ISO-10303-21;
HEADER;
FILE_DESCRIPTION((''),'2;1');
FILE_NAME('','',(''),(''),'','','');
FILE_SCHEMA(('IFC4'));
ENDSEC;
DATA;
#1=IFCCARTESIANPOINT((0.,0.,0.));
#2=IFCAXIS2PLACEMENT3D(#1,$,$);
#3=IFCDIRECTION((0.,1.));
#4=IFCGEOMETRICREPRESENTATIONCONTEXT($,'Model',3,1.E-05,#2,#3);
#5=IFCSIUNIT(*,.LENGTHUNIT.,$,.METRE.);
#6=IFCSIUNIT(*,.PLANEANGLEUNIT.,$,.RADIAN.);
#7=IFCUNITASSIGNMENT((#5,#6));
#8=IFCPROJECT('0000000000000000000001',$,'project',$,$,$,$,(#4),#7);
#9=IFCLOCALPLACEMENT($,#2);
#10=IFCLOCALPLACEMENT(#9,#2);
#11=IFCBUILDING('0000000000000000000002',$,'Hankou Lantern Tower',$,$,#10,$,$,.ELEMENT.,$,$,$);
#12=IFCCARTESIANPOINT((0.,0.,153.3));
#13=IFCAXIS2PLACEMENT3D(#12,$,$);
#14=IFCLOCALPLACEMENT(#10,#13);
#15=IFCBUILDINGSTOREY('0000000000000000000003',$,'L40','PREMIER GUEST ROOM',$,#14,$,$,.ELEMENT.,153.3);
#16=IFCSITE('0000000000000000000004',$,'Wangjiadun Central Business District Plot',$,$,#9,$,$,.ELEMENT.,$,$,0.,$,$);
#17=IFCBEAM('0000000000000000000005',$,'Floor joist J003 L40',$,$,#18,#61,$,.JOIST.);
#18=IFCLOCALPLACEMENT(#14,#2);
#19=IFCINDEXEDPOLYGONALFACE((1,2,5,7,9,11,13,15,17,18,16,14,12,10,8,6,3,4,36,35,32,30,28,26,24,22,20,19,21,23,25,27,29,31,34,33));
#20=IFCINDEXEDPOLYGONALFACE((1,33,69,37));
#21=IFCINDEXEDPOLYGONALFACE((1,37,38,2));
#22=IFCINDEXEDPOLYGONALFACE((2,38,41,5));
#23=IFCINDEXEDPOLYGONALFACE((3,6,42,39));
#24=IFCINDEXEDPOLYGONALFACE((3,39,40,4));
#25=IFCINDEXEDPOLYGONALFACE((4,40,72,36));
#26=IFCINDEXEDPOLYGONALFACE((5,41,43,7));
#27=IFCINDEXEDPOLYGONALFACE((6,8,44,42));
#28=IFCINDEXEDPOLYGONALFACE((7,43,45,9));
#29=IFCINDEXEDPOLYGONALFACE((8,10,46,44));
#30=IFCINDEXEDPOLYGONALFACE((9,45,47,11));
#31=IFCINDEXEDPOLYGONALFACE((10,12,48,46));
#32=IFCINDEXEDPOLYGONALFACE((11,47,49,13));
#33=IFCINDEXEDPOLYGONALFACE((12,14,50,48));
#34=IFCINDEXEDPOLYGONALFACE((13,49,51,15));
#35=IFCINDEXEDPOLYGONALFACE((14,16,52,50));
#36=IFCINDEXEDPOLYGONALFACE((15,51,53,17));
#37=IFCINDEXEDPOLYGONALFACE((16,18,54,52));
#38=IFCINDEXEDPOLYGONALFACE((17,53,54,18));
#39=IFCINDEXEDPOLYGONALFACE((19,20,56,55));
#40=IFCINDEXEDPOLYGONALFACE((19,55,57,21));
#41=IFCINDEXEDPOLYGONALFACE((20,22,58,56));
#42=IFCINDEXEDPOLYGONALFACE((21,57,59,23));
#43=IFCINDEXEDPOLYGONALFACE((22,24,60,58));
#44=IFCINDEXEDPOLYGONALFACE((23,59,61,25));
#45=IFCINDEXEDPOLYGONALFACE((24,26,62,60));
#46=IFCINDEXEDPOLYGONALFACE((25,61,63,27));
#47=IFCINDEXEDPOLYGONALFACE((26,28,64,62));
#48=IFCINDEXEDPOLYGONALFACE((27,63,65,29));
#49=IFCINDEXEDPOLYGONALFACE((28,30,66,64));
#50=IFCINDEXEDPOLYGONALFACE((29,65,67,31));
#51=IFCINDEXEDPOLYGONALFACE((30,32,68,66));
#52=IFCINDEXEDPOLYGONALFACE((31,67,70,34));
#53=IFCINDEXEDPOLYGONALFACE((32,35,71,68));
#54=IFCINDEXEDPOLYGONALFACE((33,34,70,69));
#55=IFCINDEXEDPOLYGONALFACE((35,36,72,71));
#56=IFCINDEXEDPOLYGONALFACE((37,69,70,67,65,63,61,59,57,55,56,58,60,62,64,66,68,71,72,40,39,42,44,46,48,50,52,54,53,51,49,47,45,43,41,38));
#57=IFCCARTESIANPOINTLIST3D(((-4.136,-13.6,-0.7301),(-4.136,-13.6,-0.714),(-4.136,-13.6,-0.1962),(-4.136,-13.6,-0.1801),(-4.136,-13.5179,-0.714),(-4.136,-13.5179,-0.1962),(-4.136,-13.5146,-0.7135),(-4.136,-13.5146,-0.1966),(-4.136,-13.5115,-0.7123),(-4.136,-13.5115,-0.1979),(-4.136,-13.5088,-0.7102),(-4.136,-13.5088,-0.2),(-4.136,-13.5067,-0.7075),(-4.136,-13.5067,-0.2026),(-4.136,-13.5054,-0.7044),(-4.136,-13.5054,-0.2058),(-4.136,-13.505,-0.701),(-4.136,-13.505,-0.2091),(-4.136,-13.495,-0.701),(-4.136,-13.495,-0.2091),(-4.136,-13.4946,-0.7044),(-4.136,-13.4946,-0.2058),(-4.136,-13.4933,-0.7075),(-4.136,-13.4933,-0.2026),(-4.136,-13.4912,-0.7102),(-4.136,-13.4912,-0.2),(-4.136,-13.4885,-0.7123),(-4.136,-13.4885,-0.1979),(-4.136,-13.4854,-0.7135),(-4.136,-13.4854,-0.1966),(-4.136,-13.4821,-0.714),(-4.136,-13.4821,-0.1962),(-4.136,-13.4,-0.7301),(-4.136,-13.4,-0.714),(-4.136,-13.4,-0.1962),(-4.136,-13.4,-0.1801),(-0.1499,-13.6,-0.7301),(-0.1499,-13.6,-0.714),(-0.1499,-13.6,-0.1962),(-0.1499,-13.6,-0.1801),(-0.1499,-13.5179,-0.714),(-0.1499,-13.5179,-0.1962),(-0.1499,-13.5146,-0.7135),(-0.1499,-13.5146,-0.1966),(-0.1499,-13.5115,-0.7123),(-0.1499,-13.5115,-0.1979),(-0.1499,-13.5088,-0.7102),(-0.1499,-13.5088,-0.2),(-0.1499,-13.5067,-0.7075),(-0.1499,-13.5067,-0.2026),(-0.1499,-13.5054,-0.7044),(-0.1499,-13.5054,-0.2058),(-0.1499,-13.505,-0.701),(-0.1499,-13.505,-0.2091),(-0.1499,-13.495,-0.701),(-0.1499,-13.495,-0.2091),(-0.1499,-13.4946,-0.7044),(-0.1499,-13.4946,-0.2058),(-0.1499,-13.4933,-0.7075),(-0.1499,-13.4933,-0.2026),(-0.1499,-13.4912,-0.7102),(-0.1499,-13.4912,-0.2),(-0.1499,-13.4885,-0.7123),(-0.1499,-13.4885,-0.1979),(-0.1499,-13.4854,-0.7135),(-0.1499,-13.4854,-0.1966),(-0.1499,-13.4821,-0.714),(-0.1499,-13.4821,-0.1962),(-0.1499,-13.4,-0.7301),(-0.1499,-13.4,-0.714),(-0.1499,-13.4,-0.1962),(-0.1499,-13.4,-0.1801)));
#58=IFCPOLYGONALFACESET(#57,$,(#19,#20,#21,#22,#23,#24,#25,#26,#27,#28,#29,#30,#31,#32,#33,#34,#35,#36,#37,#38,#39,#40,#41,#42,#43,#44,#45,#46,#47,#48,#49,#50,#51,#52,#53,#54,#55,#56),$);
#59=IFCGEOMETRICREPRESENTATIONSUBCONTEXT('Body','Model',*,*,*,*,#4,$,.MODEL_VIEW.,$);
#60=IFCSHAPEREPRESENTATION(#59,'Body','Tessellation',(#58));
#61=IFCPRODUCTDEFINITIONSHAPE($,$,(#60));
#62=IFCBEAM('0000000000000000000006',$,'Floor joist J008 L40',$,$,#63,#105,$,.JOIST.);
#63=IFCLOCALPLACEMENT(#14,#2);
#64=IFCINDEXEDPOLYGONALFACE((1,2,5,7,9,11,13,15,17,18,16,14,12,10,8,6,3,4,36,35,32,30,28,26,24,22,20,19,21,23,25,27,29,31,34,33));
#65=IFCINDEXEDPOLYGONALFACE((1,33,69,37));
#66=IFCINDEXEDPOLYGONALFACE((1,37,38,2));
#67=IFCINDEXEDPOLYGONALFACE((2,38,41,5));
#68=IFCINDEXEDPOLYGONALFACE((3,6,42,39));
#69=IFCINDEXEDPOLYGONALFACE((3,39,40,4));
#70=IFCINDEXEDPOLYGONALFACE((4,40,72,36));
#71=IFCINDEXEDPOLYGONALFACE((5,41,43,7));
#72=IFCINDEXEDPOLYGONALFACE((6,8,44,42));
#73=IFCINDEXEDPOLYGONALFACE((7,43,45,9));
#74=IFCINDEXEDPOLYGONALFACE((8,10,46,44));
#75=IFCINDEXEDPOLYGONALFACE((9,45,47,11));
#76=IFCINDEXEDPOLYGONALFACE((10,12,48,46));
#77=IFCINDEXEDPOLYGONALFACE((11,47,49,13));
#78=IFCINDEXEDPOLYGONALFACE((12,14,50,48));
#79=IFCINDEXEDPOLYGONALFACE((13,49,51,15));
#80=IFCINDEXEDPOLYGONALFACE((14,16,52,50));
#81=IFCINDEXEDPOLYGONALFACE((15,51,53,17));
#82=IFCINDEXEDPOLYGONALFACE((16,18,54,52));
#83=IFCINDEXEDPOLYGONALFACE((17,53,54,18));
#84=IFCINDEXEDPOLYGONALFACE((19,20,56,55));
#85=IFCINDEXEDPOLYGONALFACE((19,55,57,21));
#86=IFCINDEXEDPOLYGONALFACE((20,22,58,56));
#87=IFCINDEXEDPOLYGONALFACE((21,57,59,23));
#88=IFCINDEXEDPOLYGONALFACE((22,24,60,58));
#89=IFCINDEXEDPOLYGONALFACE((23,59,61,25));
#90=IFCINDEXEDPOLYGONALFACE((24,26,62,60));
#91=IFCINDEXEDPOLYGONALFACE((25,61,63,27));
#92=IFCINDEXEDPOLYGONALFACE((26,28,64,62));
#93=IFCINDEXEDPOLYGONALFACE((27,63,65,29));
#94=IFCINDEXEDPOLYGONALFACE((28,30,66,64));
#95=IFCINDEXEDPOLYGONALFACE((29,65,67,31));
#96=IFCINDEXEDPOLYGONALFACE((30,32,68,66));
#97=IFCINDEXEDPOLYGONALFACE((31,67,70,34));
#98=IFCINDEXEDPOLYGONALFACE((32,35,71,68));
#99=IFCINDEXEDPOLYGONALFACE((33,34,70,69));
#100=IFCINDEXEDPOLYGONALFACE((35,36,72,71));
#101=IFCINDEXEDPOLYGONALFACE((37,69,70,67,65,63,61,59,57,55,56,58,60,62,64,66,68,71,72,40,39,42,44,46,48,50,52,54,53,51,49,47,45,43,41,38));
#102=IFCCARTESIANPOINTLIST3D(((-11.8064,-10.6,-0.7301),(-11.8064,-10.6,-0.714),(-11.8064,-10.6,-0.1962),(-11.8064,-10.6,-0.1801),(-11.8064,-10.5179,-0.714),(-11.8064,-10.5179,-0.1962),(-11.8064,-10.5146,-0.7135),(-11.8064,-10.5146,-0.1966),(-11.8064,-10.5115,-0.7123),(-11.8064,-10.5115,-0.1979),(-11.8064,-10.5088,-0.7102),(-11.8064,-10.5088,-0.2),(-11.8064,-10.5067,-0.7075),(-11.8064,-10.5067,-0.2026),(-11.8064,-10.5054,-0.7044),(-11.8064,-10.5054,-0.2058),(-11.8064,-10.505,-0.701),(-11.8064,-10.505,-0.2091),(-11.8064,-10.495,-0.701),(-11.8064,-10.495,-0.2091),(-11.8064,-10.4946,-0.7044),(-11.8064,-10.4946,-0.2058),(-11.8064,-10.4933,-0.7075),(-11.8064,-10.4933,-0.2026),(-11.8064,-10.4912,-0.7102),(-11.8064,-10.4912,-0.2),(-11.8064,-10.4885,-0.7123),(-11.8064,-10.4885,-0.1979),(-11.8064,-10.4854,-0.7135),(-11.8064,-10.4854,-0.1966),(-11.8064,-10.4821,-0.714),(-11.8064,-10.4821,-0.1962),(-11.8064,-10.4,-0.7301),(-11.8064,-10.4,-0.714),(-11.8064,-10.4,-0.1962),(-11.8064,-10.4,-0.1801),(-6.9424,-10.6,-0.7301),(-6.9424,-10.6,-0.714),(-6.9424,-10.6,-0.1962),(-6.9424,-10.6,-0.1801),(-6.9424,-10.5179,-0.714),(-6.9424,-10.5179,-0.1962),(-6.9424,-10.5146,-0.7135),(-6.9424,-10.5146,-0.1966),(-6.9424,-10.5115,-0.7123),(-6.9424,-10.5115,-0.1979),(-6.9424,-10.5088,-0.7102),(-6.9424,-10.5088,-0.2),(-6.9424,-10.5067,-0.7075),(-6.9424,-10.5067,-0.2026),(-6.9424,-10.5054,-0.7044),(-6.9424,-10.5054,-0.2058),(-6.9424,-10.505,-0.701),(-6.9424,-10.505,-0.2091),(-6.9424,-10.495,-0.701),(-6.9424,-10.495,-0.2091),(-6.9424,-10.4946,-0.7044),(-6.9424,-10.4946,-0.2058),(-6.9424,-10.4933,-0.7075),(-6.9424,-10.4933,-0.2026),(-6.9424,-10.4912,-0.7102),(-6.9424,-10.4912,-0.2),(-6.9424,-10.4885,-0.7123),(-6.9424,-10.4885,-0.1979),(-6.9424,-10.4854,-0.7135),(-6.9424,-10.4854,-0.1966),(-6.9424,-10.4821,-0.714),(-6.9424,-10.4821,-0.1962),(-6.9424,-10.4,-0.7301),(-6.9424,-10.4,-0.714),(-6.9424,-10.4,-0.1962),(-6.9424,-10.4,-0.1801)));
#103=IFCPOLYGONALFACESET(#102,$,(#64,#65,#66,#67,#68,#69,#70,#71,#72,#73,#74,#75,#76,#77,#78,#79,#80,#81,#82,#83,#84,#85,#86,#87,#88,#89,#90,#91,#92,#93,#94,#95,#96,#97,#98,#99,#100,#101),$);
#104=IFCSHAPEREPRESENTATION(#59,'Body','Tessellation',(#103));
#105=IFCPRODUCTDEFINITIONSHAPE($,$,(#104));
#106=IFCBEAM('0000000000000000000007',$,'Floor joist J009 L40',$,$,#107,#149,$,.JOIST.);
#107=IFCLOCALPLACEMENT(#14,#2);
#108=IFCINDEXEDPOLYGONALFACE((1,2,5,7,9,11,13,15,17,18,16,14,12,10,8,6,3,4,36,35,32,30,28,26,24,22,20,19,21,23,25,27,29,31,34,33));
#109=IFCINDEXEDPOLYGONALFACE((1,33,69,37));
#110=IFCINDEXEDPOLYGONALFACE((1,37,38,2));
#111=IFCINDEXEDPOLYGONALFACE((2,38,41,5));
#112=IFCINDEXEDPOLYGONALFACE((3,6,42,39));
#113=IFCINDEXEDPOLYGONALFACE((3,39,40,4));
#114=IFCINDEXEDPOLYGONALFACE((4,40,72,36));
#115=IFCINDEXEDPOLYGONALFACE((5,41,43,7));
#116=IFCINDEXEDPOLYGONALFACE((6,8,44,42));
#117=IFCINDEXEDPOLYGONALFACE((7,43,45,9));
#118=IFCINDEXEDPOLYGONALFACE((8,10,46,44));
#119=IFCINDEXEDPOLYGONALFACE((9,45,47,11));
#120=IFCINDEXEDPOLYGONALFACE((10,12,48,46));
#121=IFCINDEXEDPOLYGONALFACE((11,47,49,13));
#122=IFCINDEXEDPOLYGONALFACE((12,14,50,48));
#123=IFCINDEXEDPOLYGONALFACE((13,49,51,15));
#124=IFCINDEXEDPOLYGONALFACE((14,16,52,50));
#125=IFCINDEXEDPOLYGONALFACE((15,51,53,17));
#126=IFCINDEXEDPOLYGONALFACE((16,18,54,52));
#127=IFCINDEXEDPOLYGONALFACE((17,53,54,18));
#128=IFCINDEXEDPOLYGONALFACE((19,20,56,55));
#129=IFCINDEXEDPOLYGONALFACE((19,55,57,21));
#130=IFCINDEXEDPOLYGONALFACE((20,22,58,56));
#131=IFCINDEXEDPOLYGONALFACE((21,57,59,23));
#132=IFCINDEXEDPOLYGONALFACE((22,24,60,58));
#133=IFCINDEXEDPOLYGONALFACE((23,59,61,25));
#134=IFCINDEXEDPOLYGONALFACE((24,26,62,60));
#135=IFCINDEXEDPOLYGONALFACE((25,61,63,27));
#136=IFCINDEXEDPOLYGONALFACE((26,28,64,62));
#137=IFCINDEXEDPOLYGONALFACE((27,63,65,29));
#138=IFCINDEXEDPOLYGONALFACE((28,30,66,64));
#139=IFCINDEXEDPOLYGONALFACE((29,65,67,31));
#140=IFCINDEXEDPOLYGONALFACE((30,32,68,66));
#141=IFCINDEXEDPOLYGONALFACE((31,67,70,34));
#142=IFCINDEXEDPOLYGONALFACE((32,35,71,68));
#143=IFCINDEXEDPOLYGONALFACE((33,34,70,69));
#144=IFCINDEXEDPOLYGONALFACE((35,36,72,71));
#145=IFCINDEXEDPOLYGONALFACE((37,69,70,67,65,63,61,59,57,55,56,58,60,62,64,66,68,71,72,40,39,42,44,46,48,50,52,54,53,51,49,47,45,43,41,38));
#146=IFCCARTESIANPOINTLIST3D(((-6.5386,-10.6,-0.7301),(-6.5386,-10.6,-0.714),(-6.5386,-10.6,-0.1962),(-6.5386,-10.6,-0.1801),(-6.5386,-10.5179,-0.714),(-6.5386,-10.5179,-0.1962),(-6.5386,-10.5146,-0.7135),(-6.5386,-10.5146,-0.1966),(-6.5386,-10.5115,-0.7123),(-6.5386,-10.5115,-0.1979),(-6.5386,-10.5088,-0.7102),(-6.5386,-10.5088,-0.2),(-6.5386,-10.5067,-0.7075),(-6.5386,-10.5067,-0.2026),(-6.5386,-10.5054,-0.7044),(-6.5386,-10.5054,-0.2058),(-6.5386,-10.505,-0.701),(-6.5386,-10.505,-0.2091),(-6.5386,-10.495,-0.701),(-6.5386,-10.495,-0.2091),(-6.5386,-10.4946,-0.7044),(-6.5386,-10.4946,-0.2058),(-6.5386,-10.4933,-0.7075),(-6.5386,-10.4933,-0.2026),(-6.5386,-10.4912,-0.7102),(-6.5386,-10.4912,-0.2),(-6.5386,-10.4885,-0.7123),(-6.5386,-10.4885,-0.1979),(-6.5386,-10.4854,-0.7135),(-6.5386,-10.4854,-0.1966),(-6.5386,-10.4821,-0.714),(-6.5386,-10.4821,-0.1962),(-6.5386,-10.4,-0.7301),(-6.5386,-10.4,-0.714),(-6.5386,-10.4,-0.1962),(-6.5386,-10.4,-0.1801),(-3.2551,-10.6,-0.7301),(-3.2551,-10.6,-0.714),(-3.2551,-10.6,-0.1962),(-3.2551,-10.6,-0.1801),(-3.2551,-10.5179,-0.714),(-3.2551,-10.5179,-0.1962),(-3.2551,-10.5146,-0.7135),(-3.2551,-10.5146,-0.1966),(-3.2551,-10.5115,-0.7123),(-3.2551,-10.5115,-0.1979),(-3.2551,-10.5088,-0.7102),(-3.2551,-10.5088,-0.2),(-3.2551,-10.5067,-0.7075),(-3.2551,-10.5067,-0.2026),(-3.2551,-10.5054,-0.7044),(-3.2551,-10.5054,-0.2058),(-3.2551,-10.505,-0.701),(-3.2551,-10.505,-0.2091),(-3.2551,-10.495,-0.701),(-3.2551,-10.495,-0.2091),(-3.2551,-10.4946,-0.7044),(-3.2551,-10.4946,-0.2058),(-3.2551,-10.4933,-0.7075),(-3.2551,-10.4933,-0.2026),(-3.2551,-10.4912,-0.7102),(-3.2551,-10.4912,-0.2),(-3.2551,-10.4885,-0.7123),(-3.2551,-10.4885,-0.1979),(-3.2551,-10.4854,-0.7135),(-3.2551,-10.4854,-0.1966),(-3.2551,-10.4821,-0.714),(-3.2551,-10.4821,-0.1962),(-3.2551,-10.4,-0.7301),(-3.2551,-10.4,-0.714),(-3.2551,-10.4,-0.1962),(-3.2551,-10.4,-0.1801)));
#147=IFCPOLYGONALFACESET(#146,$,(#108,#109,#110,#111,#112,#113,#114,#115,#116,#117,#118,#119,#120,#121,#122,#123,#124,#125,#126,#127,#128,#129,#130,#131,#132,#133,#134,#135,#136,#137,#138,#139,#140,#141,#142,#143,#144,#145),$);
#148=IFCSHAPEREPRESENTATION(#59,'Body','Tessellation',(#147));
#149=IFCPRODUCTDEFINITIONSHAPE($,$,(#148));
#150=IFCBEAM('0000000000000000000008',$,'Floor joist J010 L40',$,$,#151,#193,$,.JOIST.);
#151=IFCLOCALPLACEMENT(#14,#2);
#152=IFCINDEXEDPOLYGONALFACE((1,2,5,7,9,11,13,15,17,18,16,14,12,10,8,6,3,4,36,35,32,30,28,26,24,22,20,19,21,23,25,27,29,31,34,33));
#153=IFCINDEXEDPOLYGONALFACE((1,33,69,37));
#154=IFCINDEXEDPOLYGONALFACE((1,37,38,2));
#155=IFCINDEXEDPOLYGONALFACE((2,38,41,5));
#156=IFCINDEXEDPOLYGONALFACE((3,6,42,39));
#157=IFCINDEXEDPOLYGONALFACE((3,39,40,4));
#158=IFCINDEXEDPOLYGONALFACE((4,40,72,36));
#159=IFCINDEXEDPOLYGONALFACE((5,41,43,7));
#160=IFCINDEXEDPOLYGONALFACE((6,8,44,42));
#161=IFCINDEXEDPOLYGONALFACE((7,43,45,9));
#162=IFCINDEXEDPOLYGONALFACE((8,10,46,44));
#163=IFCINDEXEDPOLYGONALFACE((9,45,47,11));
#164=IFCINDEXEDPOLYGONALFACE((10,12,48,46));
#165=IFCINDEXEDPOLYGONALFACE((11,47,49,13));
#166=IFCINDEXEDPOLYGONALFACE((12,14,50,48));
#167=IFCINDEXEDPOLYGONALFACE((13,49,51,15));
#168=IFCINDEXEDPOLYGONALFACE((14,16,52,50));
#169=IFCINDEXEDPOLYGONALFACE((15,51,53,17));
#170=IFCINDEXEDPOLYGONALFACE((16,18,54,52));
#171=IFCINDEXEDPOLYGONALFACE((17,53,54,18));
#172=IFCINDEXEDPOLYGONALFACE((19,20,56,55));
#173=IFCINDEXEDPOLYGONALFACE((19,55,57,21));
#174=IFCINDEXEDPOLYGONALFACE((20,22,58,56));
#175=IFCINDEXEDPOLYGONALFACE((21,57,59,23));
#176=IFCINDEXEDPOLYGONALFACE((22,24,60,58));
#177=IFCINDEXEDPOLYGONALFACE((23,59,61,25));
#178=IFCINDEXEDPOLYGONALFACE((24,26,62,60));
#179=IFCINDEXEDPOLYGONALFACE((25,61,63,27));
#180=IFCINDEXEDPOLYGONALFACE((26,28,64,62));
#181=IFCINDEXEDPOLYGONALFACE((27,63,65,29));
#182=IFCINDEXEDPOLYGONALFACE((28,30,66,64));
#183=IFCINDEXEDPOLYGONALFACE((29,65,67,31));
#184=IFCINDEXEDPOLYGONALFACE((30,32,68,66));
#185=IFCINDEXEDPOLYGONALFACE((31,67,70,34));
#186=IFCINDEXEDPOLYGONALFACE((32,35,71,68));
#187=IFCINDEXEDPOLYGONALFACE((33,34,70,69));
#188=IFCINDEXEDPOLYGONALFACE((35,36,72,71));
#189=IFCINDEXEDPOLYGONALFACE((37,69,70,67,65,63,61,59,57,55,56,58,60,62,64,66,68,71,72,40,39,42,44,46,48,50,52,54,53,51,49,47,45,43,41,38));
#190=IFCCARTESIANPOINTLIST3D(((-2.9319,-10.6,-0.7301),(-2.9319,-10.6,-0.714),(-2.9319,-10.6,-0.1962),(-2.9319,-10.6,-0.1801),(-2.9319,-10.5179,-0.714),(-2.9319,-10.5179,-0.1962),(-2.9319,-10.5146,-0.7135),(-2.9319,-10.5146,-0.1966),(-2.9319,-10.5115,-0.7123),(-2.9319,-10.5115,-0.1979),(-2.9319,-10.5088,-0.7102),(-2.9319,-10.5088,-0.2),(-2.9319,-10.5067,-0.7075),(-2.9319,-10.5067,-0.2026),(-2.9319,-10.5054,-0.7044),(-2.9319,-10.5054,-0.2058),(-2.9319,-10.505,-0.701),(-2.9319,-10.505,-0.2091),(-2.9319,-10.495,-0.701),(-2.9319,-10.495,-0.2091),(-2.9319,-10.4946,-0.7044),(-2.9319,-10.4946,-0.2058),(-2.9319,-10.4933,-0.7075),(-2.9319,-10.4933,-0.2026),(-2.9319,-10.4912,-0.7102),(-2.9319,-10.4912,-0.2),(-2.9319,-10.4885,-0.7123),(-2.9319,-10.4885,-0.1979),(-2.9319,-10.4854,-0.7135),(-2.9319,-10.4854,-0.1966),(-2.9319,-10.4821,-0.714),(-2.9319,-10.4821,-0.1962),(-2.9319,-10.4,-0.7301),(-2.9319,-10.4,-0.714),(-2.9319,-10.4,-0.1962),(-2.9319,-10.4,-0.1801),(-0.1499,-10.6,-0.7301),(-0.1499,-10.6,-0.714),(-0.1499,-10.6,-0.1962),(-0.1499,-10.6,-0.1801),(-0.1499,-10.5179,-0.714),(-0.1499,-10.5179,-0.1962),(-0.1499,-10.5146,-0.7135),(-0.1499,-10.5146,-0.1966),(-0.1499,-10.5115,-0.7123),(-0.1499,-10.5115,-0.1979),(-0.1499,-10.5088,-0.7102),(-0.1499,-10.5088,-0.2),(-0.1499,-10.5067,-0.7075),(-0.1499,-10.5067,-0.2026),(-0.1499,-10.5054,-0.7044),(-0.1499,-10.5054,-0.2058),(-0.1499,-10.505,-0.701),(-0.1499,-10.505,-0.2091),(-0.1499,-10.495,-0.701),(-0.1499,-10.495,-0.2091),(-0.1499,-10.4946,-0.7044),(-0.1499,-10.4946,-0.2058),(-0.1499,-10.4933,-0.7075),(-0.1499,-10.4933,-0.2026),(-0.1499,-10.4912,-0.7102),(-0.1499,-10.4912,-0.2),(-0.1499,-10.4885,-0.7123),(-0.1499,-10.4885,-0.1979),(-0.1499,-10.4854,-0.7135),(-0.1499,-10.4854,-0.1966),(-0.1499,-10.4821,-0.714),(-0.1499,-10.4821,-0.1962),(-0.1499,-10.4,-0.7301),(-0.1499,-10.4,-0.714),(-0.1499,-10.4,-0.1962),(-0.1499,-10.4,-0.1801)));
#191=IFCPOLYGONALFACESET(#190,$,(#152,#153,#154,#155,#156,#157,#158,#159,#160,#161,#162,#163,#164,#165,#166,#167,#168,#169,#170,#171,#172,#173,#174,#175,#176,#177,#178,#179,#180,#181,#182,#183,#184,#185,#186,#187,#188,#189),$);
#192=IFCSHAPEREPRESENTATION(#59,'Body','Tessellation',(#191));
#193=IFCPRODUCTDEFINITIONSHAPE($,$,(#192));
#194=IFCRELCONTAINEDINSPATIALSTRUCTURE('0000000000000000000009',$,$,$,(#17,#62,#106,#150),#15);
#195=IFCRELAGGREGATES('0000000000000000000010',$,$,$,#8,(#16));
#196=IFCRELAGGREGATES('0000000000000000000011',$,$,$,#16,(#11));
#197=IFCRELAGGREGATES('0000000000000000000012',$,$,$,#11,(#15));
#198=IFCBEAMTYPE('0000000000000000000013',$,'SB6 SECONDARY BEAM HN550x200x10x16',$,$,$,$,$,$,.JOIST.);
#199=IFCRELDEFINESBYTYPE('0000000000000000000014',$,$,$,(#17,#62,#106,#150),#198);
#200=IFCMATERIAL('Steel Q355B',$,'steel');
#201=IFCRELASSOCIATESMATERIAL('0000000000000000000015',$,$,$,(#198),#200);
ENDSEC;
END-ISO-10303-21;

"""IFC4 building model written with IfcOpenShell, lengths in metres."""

from ifc_helpers import new_model, si_unit, direction, frame, origin, origin_2d, place, context, subcontext, project, spatial, i_section, extrude, material, material_profile, profile_set, type_object, element, save


model = new_model("IFC4")

# Units and contexts
model_context = context("Model", 3, precision=1e-05, world=origin(), true_north=direction((0.0, 1.0)))
body_context = subcontext(model_context, "Body", "Model", "MODEL_VIEW")
ifc_project = project(units=[si_unit("LENGTHUNIT", "METRE"), si_unit("PLANEANGLEUNIT", "RADIAN")], contexts=[model_context])

# Site, building, storey
site_placement = place(None, origin())
site = spatial("IfcSite", under=ifc_project, at=site_placement, Name="Wangjiadun Central Business District Plot", CompositionType="ELEMENT", RefElevation=0.0)
building_placement = place(site_placement, origin())
building = spatial("IfcBuilding", under=site, at=building_placement, Name="Hankou Lantern Tower", CompositionType="ELEMENT")
storey_placement = place(building_placement, frame((0.0, 0.0, 153.3)))
storey = spatial("IfcBuildingStorey", under=building, at=storey_placement, Name="L40", Description="PREMIER GUEST ROOM", CompositionType="ELEMENT", Elevation=153.3)

# Beams
ifc_material_1 = material(Name="Steel Q355B", Category="steel")
ifc_material_profile_1 = material_profile(ifc_material_1, i_section(OverallWidth=0.2, OverallDepth=0.55, WebThickness=0.01, FlangeThickness=0.0161, FilletRadius=0.0129, at=origin_2d()), Name="HN550x200x10x16")
ifc_profile_set_1 = profile_set([ifc_material_profile_1], Name="Steel Q355B")
beam_type_1 = type_object("IfcBeamType", Name="SB6 SECONDARY BEAM HN550x200x10x16", PredefinedType="JOIST", material=ifc_profile_set_1)
beam_1_placement = place(storey_placement, frame((-4.136, -13.5, -0.4551), z_axis=(1.0, 0.0, 0.0), x_axis=(0.0, 1.0, 0.0)))
element("IfcBeam", 1, at=beam_1_placement, inside=storey, type_object=beam_type_1, Name="Floor joist J003 L40", PredefinedType="JOIST", context=body_context, shape_type="SweptSolid", body=[
    extrude(i_section(OverallWidth=0.2, OverallDepth=0.55, WebThickness=0.01, FlangeThickness=0.0161, FilletRadius=0.0129, at=origin_2d()), origin(), (0.0, 0.0, 1.0), 3.9861),
])
beam_2_placement = place(storey_placement, frame((-11.8064, -10.5, -0.4551), z_axis=(1.0, 0.0, 0.0), x_axis=(0.0, 1.0, 0.0)))
element("IfcBeam", 2, at=beam_2_placement, inside=storey, type_object=beam_type_1, Name="Floor joist J008 L40", PredefinedType="JOIST", context=body_context, shape_type="SweptSolid", body=[
    extrude(i_section(OverallWidth=0.2, OverallDepth=0.55, WebThickness=0.01, FlangeThickness=0.0161, FilletRadius=0.0129, at=origin_2d()), origin(), (0.0, 0.0, 1.0), 4.864),
])
beam_3_placement = place(storey_placement, frame((-6.5386, -10.5, -0.4551), z_axis=(1.0, 0.0, 0.0), x_axis=(0.0, 1.0, 0.0)))
element("IfcBeam", 3, at=beam_3_placement, inside=storey, type_object=beam_type_1, Name="Floor joist J009 L40", PredefinedType="JOIST", context=body_context, shape_type="SweptSolid", body=[
    extrude(i_section(OverallWidth=0.2, OverallDepth=0.55, WebThickness=0.01, FlangeThickness=0.0161, FilletRadius=0.0129, at=origin_2d()), origin(), (0.0, 0.0, 1.0), 3.2834),
])
beam_4_placement = place(storey_placement, frame((-2.9319, -10.5, -0.4551), z_axis=(1.0, 0.0, 0.0), x_axis=(0.0, 1.0, 0.0)))
element("IfcBeam", 4, at=beam_4_placement, inside=storey, type_object=beam_type_1, Name="Floor joist J010 L40", PredefinedType="JOIST", context=body_context, shape_type="SweptSolid", body=[
    extrude(i_section(OverallWidth=0.2, OverallDepth=0.55, WebThickness=0.01, FlangeThickness=0.0161, FilletRadius=0.0129, at=origin_2d()), origin(), (0.0, 0.0, 1.0), 2.782),
])

save(model, "model.ifc")
